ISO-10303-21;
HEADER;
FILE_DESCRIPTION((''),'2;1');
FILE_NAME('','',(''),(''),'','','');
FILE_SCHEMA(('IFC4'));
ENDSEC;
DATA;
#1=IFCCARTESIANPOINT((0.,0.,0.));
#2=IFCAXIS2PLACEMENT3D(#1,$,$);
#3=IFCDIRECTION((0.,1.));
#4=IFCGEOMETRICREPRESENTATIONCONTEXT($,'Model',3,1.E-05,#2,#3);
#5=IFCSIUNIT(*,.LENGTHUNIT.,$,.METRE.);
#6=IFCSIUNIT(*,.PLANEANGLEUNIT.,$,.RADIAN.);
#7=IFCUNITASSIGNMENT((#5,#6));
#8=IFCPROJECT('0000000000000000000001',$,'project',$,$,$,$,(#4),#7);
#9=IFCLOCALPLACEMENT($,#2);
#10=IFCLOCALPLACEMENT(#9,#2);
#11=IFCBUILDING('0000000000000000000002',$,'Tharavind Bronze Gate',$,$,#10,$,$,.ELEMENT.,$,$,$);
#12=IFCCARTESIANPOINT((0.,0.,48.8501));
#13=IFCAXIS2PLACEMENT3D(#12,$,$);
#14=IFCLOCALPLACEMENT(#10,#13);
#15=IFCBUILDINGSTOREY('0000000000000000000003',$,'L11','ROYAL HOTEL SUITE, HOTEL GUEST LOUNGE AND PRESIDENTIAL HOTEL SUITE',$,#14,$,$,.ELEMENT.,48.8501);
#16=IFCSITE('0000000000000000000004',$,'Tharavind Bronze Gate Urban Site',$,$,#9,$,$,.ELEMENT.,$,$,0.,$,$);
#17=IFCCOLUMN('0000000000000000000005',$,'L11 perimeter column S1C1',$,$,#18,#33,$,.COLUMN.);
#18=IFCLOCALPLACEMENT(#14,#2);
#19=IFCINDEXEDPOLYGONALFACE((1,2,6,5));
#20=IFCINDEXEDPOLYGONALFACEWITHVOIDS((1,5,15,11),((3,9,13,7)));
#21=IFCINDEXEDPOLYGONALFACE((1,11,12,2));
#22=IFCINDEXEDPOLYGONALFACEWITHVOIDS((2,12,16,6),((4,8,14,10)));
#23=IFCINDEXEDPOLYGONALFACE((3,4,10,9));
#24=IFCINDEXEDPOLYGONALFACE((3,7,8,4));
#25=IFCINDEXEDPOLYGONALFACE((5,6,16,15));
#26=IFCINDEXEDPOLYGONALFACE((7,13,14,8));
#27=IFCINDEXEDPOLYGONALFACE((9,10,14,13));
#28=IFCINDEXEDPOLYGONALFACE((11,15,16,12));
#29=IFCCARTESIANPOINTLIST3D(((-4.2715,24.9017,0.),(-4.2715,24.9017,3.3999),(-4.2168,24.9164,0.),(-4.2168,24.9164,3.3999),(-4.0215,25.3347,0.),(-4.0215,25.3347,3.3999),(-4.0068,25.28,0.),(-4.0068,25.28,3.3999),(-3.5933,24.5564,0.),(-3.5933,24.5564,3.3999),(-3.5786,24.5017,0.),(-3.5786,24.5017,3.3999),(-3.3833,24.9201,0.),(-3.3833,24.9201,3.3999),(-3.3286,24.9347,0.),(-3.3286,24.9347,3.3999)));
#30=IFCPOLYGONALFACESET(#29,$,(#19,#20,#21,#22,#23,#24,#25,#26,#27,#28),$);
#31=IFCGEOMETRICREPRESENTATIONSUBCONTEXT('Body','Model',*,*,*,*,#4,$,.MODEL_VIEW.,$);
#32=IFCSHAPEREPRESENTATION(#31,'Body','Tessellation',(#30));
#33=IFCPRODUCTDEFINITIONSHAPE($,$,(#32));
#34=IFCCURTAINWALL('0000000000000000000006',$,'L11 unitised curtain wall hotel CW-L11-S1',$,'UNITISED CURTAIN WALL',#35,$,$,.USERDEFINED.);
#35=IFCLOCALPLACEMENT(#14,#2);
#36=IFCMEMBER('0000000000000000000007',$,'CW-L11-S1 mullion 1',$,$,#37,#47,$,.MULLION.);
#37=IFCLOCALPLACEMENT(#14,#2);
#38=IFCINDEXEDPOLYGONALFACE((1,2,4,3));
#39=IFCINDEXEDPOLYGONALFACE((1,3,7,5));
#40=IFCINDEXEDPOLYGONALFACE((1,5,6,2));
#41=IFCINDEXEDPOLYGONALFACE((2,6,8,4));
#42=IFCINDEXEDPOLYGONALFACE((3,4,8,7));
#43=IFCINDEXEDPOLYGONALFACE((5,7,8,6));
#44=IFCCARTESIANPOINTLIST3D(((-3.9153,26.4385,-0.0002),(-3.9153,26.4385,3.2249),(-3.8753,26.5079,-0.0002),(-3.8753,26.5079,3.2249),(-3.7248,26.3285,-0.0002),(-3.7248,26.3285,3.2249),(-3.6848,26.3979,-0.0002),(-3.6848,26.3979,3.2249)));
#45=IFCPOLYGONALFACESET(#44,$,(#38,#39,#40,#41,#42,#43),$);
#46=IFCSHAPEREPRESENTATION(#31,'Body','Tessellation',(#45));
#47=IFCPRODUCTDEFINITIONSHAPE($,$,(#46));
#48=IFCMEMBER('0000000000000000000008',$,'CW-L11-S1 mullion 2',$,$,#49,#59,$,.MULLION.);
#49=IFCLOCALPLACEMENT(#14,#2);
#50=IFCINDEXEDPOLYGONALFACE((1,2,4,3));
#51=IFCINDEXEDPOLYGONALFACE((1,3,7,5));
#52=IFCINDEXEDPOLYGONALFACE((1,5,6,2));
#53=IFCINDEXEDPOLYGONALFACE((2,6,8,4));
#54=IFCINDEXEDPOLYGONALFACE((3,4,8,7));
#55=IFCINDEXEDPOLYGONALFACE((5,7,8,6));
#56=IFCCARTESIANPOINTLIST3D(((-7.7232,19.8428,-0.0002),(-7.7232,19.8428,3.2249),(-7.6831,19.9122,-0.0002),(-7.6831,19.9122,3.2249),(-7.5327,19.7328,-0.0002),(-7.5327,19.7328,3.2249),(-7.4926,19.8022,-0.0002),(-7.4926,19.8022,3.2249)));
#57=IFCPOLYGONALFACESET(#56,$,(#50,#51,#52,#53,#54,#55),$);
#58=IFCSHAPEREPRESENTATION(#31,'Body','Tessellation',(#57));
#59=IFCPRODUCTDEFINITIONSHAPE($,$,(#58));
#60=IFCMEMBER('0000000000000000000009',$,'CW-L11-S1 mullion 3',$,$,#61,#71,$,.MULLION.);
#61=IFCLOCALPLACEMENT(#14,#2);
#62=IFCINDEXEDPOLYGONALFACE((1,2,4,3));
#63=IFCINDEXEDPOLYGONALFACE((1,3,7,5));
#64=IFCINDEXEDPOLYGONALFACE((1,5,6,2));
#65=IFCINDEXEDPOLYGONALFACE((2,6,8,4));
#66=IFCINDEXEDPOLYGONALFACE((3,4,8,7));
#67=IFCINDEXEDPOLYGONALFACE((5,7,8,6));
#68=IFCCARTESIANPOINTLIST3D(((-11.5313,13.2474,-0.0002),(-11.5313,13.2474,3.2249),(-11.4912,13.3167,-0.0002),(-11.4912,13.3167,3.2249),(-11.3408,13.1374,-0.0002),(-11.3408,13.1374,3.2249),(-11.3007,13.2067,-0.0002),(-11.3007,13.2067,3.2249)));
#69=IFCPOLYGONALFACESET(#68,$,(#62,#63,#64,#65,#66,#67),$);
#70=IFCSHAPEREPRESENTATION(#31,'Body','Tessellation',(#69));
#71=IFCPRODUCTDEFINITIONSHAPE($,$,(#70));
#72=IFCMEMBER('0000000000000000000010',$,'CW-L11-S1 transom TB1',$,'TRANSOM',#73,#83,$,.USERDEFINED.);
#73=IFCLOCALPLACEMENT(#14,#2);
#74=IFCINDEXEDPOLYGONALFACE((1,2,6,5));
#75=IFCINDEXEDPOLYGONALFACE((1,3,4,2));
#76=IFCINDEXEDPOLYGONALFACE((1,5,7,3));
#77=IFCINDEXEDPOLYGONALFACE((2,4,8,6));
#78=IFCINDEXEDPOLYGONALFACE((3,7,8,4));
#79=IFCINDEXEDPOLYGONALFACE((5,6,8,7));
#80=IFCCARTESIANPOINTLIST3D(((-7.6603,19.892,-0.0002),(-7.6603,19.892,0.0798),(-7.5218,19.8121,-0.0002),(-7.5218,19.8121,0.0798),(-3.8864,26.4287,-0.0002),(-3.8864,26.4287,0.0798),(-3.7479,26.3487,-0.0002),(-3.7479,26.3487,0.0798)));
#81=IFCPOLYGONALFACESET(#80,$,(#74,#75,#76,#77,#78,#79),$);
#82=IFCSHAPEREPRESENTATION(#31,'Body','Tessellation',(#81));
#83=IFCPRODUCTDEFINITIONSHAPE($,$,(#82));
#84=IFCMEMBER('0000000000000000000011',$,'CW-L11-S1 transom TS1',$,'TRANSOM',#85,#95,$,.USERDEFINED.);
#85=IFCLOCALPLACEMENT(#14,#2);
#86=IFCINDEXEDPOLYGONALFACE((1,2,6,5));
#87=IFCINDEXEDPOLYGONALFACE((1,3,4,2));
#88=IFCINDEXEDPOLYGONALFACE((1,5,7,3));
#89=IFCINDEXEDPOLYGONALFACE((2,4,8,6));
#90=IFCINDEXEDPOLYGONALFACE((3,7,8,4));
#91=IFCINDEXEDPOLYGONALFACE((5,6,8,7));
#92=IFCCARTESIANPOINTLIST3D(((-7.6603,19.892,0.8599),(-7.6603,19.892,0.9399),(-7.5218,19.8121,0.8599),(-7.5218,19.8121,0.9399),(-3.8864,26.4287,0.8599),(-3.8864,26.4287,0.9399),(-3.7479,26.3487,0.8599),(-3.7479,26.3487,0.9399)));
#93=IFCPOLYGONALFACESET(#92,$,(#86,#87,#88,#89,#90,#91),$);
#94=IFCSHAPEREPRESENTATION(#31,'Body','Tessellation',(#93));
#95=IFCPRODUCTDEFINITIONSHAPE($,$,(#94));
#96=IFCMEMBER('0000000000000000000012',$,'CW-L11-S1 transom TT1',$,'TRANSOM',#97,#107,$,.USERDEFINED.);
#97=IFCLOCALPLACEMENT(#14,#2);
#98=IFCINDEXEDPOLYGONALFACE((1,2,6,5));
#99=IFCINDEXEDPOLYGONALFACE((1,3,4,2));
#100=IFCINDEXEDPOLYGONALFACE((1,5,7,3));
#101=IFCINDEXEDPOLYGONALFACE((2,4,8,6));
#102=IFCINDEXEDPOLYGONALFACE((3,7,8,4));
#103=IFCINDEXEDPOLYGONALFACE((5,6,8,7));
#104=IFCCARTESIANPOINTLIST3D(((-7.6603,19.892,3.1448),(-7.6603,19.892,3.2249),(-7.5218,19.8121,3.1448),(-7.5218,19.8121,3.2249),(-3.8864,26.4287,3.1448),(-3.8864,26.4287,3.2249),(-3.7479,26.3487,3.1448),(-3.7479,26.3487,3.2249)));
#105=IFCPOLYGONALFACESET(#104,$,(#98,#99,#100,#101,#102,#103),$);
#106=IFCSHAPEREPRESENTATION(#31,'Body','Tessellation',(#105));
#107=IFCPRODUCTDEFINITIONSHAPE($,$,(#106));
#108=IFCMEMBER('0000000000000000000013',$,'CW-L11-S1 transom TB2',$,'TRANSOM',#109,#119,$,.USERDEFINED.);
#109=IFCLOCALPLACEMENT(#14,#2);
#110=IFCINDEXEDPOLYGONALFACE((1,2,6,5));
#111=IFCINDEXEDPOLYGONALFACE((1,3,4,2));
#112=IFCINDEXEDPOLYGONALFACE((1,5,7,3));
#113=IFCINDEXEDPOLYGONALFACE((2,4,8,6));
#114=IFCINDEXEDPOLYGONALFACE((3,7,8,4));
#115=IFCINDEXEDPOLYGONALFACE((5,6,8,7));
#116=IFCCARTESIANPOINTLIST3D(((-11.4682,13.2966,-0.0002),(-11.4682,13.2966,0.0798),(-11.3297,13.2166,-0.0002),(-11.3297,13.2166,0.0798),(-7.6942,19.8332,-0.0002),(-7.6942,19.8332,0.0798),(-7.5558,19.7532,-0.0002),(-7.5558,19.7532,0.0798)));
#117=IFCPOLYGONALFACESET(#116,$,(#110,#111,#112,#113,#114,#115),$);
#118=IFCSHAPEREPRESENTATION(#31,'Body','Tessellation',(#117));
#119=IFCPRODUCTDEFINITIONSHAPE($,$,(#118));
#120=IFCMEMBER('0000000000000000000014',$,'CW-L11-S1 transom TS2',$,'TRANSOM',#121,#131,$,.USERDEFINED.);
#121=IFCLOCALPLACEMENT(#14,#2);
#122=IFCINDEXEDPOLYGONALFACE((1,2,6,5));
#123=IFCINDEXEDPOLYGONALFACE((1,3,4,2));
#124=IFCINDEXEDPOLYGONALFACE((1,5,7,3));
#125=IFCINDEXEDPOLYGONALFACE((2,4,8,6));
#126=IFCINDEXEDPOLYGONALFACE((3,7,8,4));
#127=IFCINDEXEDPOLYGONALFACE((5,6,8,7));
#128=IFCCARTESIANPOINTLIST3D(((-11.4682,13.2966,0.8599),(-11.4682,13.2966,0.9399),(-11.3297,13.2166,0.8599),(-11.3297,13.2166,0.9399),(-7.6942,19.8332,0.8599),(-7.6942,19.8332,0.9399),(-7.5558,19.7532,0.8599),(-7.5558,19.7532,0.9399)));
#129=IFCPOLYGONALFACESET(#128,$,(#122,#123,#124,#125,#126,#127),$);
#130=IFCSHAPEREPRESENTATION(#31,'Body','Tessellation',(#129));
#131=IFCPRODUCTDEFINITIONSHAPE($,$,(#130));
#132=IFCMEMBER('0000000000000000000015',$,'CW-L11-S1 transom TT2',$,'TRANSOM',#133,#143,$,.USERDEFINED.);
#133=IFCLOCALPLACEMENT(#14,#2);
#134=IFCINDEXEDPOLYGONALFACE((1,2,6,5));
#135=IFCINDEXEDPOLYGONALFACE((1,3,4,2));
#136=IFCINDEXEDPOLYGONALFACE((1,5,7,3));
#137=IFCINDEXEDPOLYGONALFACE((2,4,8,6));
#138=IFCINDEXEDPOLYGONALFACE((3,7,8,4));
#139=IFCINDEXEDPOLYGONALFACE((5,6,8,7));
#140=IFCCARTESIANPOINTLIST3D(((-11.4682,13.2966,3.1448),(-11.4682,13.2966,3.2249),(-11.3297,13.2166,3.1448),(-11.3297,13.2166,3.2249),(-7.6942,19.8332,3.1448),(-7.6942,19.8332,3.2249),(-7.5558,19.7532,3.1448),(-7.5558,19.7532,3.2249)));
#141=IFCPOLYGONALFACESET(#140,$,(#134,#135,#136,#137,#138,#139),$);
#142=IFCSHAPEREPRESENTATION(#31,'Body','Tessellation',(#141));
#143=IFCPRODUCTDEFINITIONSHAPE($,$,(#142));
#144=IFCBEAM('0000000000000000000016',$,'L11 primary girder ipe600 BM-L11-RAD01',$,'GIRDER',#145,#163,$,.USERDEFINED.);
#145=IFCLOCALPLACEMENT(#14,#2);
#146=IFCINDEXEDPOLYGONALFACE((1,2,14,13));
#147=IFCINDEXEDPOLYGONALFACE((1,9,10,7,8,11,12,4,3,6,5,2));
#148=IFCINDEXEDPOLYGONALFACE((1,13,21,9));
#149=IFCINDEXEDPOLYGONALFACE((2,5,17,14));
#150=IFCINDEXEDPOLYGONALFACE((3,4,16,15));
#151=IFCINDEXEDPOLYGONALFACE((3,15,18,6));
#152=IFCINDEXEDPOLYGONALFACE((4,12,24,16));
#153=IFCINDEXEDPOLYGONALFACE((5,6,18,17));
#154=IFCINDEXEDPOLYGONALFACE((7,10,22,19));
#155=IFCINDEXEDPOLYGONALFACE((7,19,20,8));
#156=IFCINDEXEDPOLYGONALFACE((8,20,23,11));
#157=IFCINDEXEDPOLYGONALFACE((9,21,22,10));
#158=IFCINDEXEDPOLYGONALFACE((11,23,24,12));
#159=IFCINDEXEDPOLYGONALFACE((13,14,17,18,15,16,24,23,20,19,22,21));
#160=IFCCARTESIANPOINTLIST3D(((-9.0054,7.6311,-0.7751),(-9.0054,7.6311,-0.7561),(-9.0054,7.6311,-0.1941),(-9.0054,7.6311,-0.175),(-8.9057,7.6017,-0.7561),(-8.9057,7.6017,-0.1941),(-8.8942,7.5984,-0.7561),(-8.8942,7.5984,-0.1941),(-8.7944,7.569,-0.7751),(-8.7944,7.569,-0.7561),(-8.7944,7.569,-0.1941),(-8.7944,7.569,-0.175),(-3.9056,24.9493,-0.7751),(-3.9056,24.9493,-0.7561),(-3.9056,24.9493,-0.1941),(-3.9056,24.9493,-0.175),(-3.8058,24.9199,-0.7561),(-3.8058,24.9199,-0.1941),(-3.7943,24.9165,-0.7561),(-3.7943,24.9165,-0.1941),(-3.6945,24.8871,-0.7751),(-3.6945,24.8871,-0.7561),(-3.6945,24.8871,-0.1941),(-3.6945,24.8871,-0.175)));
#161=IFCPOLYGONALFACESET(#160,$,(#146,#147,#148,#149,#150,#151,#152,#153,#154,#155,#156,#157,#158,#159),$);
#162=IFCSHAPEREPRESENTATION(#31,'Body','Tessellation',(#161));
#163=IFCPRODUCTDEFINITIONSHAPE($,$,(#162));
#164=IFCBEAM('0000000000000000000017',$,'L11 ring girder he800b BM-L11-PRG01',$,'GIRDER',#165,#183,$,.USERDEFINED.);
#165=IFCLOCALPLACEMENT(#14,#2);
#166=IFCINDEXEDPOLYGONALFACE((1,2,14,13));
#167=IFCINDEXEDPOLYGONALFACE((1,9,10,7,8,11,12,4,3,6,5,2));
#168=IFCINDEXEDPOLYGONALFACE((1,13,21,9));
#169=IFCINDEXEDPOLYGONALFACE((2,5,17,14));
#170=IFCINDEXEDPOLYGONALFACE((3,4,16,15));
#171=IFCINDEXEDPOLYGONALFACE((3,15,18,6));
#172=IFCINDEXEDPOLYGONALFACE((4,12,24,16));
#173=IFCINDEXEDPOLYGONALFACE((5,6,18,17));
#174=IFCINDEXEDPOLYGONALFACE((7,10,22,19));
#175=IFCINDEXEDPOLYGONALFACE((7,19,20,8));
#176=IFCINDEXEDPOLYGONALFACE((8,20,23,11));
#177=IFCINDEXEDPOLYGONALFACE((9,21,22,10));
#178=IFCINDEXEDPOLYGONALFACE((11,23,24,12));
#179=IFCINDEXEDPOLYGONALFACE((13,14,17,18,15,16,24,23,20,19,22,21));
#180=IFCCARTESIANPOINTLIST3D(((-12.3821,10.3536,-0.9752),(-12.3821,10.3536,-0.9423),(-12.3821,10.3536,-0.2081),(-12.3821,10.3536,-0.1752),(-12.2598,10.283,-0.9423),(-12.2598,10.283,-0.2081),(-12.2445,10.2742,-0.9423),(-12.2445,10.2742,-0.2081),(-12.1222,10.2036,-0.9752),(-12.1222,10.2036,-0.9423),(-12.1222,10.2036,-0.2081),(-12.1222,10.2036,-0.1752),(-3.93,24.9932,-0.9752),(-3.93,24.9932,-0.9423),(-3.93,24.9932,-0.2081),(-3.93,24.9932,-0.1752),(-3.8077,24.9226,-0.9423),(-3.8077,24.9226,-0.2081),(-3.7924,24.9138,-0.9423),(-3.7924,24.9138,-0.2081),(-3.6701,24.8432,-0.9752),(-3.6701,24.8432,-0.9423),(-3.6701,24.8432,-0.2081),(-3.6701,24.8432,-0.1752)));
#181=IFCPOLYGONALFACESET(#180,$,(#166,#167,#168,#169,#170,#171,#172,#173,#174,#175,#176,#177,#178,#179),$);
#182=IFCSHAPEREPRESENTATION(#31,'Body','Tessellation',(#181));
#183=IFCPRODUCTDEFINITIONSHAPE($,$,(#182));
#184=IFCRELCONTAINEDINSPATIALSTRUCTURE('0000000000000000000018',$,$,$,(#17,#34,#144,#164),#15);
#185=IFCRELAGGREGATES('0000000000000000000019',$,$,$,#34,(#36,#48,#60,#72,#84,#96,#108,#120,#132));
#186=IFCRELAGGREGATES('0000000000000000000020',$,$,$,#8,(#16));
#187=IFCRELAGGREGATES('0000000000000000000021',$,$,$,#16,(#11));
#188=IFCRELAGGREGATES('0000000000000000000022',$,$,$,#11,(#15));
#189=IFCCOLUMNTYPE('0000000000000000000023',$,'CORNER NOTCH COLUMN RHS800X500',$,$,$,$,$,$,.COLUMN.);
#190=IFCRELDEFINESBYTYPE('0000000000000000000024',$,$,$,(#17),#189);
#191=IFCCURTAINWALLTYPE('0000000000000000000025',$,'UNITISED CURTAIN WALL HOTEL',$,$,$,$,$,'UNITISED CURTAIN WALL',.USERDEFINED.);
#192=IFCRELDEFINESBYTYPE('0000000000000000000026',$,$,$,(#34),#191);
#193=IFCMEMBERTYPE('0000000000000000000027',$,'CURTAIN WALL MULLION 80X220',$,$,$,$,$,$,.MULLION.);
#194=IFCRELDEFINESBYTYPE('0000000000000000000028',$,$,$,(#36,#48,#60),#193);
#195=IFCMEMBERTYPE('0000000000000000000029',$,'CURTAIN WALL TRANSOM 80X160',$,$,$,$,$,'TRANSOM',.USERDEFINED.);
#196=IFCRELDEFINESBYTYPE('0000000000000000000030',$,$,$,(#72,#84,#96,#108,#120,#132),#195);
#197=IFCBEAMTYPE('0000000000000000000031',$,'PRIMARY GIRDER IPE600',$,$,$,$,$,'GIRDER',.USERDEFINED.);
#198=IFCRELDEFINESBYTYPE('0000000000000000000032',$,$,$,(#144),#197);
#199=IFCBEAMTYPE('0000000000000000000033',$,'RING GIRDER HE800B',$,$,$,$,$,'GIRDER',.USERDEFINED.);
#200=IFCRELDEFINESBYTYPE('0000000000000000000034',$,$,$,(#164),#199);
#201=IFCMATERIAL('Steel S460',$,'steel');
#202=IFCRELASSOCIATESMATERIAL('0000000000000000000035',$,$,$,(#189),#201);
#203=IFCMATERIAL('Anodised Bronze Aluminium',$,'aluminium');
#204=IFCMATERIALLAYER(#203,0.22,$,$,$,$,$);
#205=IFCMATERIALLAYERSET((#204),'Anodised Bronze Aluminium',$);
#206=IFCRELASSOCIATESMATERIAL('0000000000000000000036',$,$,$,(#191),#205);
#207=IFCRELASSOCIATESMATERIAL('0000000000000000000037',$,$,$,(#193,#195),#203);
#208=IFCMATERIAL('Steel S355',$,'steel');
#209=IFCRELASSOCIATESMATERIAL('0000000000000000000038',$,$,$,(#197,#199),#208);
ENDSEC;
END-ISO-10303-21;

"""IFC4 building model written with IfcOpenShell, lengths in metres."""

from ifc_helpers import new_model, si_unit, direction, frame, origin, origin_2d, place, context, subcontext, project, spatial, rectangle, hollow_rectangle, i_section, extrude, material, layer, layer_set, material_profile, profile_set, type_object, element, aggregate, save


model = new_model("IFC4")

# Units and contexts
model_context = context("Model", 3, precision=1e-05, world=origin(), true_north=direction((0.0, 1.0)))
body_context = subcontext(model_context, "Body", "Model", "MODEL_VIEW")
ifc_project = project(units=[si_unit("LENGTHUNIT", "METRE"), si_unit("PLANEANGLEUNIT", "RADIAN")], contexts=[model_context])

# Site, building, storey
site_placement = place(None, origin())
site = spatial("IfcSite", under=ifc_project, at=site_placement, Name="Tharavind Bronze Gate Urban Site", CompositionType="ELEMENT", RefElevation=0.0)
building_placement = place(site_placement, origin())
building = spatial("IfcBuilding", under=site, at=building_placement, Name="Tharavind Bronze Gate", CompositionType="ELEMENT")
storey_placement = place(building_placement, frame((0.0, 0.0, 48.8501)))
storey = spatial("IfcBuildingStorey", under=building, at=storey_placement, Name="L11", Description="ROYAL HOTEL SUITE, HOTEL GUEST LOUNGE AND PRESIDENTIAL HOTEL SUITE", CompositionType="ELEMENT", Elevation=48.8501)

# Column
ifc_material_1 = material(Name="Steel S460", Category="steel")
ifc_material_profile_1 = material_profile(ifc_material_1, hollow_rectangle(XDim=0.5, YDim=0.8, WallThickness=0.04, at=origin_2d()), Name="RHS800X500X40")
ifc_profile_set_1 = profile_set([ifc_material_profile_1], Name="Steel S460")
column_type = type_object("IfcColumnType", Name="CORNER NOTCH COLUMN RHS800X500", PredefinedType="COLUMN", material=ifc_profile_set_1)
column_placement = place(storey_placement, frame((-3.8, 24.9182, 0.0), z_axis=(0.0, 0.0, 1.0), x_axis=(0.500002, 0.866025, 0.0)))
element("IfcColumn", 1, at=column_placement, inside=storey, type_object=column_type, Name="L11 perimeter column S1C1", PredefinedType="COLUMN", context=body_context, shape_type="SweptSolid", body=[
    extrude(hollow_rectangle(XDim=0.5, YDim=0.8, WallThickness=0.04, at=origin_2d()), origin(), (0.0, 0.0, 1.0), 3.3999),
])

# Curtain wall, members
ifc_material_2 = material(Name="Anodised Bronze Aluminium", Category="aluminium")
ifc_layer_1 = layer(ifc_material_2, 0.22)
ifc_layer_set_1 = layer_set([ifc_layer_1], Name="Anodised Bronze Aluminium")
curtain_wall_type = type_object("IfcCurtainWallType", Name="UNITISED CURTAIN WALL HOTEL", ElementType="UNITISED CURTAIN WALL", PredefinedType="USERDEFINED", material=ifc_layer_set_1)
curtain_wall_placement = place(storey_placement, origin())
curtain_wall = element("IfcCurtainWall", 2, at=curtain_wall_placement, inside=storey, type_object=curtain_wall_type, Name="L11 unitised curtain wall hotel CW-L11-S1", ObjectType="UNITISED CURTAIN WALL", PredefinedType="USERDEFINED")
member_type_1 = type_object("IfcMemberType", Name="CURTAIN WALL MULLION 80X220", PredefinedType="MULLION", material=ifc_material_2)
member_1_placement = place(storey_placement, frame((-3.8, 26.4182, -0.0002), z_axis=(0.0, 0.0, 1.0), x_axis=(-0.500002, -0.866025, 0.0)))
member_1 = element("IfcMember", 3, at=member_1_placement, type_object=member_type_1, Name="CW-L11-S1 mullion 1", PredefinedType="MULLION", context=body_context, shape_type="SweptSolid", body=[
    extrude(rectangle(XDim=0.0801, YDim=0.22, at=origin_2d()), origin(), (0.0, 0.0, 1.0), 3.2251),
])
member_2_placement = place(storey_placement, frame((-7.6079, 19.8225, -0.0002), z_axis=(0.0, 0.0, 1.0), x_axis=(-0.500002, -0.866025, 0.0)))
member_2 = element("IfcMember", 4, at=member_2_placement, type_object=member_type_1, Name="CW-L11-S1 mullion 2", PredefinedType="MULLION", context=body_context, shape_type="SweptSolid", body=[
    extrude(rectangle(XDim=0.0801, YDim=0.22, at=origin_2d()), origin(), (0.0, 0.0, 1.0), 3.2251),
])
member_3_placement = place(storey_placement, frame((-11.416, 13.2271, -0.0002), z_axis=(0.0, 0.0, 1.0), x_axis=(-0.500002, -0.866025, 0.0)))
member_3 = element("IfcMember", 5, at=member_3_placement, type_object=member_type_1, Name="CW-L11-S1 mullion 3", PredefinedType="MULLION", context=body_context, shape_type="SweptSolid", body=[
    extrude(rectangle(XDim=0.0801, YDim=0.22, at=origin_2d()), origin(), (0.0, 0.0, 1.0), 3.2251),
])
member_type_2 = type_object("IfcMemberType", Name="CURTAIN WALL TRANSOM 80X160", ElementType="TRANSOM", PredefinedType="USERDEFINED", material=ifc_material_2)
member_4_placement = place(storey_placement, frame((-5.7041, 23.1204, -0.0002), z_axis=(0.0, 0.0, 1.0), x_axis=(-0.500002, -0.866025, 0.0)))
member_4 = element("IfcMember", 6, at=member_4_placement, type_object=member_type_2, Name="CW-L11-S1 transom TB1", ObjectType="TRANSOM", PredefinedType="USERDEFINED", context=body_context, shape_type="SweptSolid", body=[
    extrude(rectangle(XDim=7.5479, YDim=0.1599, at=origin_2d()), origin(), (0.0, 0.0, 1.0), 0.0801),
])
member_5_placement = place(storey_placement, frame((-5.7041, 23.1204, 0.8599), z_axis=(0.0, 0.0, 1.0), x_axis=(-0.500002, -0.866025, 0.0)))
member_5 = element("IfcMember", 7, at=member_5_placement, type_object=member_type_2, Name="CW-L11-S1 transom TS1", ObjectType="TRANSOM", PredefinedType="USERDEFINED", context=body_context, shape_type="SweptSolid", body=[
    extrude(rectangle(XDim=7.5479, YDim=0.1599, at=origin_2d()), origin(), (0.0, 0.0, 1.0), 0.0801),
])
member_6_placement = place(storey_placement, frame((-5.7041, 23.1204, 3.1448), z_axis=(0.0, 0.0, 1.0), x_axis=(-0.500002, -0.866025, 0.0)))
member_6 = element("IfcMember", 8, at=member_6_placement, type_object=member_type_2, Name="CW-L11-S1 transom TT1", ObjectType="TRANSOM", PredefinedType="USERDEFINED", context=body_context, shape_type="SweptSolid", body=[
    extrude(rectangle(XDim=7.5479, YDim=0.1599, at=origin_2d()), origin(), (0.0, 0.0, 1.0), 0.0801),
])
member_7_placement = place(storey_placement, frame((-9.512, 16.5249, -0.0002), z_axis=(0.0, 0.0, 1.0), x_axis=(-0.500002, -0.866025, 0.0)))
member_7 = element("IfcMember", 9, at=member_7_placement, type_object=member_type_2, Name="CW-L11-S1 transom TB2", ObjectType="TRANSOM", PredefinedType="USERDEFINED", context=body_context, shape_type="SweptSolid", body=[
    extrude(rectangle(XDim=7.5479, YDim=0.1599, at=origin_2d()), origin(), (0.0, 0.0, 1.0), 0.0801),
])
member_8_placement = place(storey_placement, frame((-9.512, 16.5249, 0.8599), z_axis=(0.0, 0.0, 1.0), x_axis=(-0.500002, -0.866025, 0.0)))
member_8 = element("IfcMember", 10, at=member_8_placement, type_object=member_type_2, Name="CW-L11-S1 transom TS2", ObjectType="TRANSOM", PredefinedType="USERDEFINED", context=body_context, shape_type="SweptSolid", body=[
    extrude(rectangle(XDim=7.5479, YDim=0.1599, at=origin_2d()), origin(), (0.0, 0.0, 1.0), 0.0801),
])
member_9_placement = place(storey_placement, frame((-9.512, 16.5249, 3.1448), z_axis=(0.0, 0.0, 1.0), x_axis=(-0.500002, -0.866025, 0.0)))
member_9 = element("IfcMember", 11, at=member_9_placement, type_object=member_type_2, Name="CW-L11-S1 transom TT2", ObjectType="TRANSOM", PredefinedType="USERDEFINED", context=body_context, shape_type="SweptSolid", body=[
    extrude(rectangle(XDim=7.5479, YDim=0.1599, at=origin_2d()), origin(), (0.0, 0.0, 1.0), 0.0801),
])

# Beams
ifc_material_3 = material(Name="Steel S355", Category="steel")
ifc_material_profile_2 = material_profile(ifc_material_3, i_section(OverallWidth=0.22, OverallDepth=0.6001, WebThickness=0.012, FlangeThickness=0.019, at=origin_2d()), Name="IPE600")
ifc_profile_set_2 = profile_set([ifc_material_profile_2], Name="Steel S355")
beam_type_1 = type_object("IfcBeamType", Name="PRIMARY GIRDER IPE600", ElementType="GIRDER", PredefinedType="USERDEFINED", material=ifc_profile_set_2)
beam_1_placement = place(storey_placement, frame((-3.8, 24.9182, -0.4751), z_axis=(-0.282487, -0.959271, 0.0), x_axis=(0.959271, -0.282487, 0.0)))
element("IfcBeam", 12, at=beam_1_placement, inside=storey, type_object=beam_type_1, Name="L11 primary girder ipe600 BM-L11-RAD01", ObjectType="GIRDER", PredefinedType="USERDEFINED", context=body_context, shape_type="SweptSolid", body=[
    extrude(i_section(OverallWidth=0.22, OverallDepth=0.6001, WebThickness=0.012, FlangeThickness=0.019, at=origin_2d()), origin(), (0.0, 0.0, 1.0), 18.0535),
])
ifc_material_profile_3 = material_profile(ifc_material_3, i_section(OverallWidth=0.3, OverallDepth=0.8, WebThickness=0.0176, FlangeThickness=0.033, at=origin_2d()), Name="HE800B")
ifc_profile_set_3 = profile_set([ifc_material_profile_3], Name="Steel S355")
beam_type_2 = type_object("IfcBeamType", Name="RING GIRDER HE800B", ElementType="GIRDER", PredefinedType="USERDEFINED", material=ifc_profile_set_3)
beam_2_placement = place(storey_placement, frame((-3.8, 24.9182, -0.5752), z_axis=(-0.499997, -0.866027, 0.0), x_axis=(0.866027, -0.499997, 0.0)))
element("IfcBeam", 13, at=beam_2_placement, inside=storey, type_object=beam_type_2, Name="L11 ring girder he800b BM-L11-PRG01", ObjectType="GIRDER", PredefinedType="USERDEFINED", context=body_context, shape_type="SweptSolid", body=[
    extrude(i_section(OverallWidth=0.3, OverallDepth=0.8, WebThickness=0.0176, FlangeThickness=0.033, at=origin_2d()), origin(), (0.0, 0.0, 1.0), 16.9043),
])

aggregate(curtain_wall, [member_1, member_2, member_3, member_4, member_5, member_6, member_7, member_8, member_9])

save(model, "model.ifc")
